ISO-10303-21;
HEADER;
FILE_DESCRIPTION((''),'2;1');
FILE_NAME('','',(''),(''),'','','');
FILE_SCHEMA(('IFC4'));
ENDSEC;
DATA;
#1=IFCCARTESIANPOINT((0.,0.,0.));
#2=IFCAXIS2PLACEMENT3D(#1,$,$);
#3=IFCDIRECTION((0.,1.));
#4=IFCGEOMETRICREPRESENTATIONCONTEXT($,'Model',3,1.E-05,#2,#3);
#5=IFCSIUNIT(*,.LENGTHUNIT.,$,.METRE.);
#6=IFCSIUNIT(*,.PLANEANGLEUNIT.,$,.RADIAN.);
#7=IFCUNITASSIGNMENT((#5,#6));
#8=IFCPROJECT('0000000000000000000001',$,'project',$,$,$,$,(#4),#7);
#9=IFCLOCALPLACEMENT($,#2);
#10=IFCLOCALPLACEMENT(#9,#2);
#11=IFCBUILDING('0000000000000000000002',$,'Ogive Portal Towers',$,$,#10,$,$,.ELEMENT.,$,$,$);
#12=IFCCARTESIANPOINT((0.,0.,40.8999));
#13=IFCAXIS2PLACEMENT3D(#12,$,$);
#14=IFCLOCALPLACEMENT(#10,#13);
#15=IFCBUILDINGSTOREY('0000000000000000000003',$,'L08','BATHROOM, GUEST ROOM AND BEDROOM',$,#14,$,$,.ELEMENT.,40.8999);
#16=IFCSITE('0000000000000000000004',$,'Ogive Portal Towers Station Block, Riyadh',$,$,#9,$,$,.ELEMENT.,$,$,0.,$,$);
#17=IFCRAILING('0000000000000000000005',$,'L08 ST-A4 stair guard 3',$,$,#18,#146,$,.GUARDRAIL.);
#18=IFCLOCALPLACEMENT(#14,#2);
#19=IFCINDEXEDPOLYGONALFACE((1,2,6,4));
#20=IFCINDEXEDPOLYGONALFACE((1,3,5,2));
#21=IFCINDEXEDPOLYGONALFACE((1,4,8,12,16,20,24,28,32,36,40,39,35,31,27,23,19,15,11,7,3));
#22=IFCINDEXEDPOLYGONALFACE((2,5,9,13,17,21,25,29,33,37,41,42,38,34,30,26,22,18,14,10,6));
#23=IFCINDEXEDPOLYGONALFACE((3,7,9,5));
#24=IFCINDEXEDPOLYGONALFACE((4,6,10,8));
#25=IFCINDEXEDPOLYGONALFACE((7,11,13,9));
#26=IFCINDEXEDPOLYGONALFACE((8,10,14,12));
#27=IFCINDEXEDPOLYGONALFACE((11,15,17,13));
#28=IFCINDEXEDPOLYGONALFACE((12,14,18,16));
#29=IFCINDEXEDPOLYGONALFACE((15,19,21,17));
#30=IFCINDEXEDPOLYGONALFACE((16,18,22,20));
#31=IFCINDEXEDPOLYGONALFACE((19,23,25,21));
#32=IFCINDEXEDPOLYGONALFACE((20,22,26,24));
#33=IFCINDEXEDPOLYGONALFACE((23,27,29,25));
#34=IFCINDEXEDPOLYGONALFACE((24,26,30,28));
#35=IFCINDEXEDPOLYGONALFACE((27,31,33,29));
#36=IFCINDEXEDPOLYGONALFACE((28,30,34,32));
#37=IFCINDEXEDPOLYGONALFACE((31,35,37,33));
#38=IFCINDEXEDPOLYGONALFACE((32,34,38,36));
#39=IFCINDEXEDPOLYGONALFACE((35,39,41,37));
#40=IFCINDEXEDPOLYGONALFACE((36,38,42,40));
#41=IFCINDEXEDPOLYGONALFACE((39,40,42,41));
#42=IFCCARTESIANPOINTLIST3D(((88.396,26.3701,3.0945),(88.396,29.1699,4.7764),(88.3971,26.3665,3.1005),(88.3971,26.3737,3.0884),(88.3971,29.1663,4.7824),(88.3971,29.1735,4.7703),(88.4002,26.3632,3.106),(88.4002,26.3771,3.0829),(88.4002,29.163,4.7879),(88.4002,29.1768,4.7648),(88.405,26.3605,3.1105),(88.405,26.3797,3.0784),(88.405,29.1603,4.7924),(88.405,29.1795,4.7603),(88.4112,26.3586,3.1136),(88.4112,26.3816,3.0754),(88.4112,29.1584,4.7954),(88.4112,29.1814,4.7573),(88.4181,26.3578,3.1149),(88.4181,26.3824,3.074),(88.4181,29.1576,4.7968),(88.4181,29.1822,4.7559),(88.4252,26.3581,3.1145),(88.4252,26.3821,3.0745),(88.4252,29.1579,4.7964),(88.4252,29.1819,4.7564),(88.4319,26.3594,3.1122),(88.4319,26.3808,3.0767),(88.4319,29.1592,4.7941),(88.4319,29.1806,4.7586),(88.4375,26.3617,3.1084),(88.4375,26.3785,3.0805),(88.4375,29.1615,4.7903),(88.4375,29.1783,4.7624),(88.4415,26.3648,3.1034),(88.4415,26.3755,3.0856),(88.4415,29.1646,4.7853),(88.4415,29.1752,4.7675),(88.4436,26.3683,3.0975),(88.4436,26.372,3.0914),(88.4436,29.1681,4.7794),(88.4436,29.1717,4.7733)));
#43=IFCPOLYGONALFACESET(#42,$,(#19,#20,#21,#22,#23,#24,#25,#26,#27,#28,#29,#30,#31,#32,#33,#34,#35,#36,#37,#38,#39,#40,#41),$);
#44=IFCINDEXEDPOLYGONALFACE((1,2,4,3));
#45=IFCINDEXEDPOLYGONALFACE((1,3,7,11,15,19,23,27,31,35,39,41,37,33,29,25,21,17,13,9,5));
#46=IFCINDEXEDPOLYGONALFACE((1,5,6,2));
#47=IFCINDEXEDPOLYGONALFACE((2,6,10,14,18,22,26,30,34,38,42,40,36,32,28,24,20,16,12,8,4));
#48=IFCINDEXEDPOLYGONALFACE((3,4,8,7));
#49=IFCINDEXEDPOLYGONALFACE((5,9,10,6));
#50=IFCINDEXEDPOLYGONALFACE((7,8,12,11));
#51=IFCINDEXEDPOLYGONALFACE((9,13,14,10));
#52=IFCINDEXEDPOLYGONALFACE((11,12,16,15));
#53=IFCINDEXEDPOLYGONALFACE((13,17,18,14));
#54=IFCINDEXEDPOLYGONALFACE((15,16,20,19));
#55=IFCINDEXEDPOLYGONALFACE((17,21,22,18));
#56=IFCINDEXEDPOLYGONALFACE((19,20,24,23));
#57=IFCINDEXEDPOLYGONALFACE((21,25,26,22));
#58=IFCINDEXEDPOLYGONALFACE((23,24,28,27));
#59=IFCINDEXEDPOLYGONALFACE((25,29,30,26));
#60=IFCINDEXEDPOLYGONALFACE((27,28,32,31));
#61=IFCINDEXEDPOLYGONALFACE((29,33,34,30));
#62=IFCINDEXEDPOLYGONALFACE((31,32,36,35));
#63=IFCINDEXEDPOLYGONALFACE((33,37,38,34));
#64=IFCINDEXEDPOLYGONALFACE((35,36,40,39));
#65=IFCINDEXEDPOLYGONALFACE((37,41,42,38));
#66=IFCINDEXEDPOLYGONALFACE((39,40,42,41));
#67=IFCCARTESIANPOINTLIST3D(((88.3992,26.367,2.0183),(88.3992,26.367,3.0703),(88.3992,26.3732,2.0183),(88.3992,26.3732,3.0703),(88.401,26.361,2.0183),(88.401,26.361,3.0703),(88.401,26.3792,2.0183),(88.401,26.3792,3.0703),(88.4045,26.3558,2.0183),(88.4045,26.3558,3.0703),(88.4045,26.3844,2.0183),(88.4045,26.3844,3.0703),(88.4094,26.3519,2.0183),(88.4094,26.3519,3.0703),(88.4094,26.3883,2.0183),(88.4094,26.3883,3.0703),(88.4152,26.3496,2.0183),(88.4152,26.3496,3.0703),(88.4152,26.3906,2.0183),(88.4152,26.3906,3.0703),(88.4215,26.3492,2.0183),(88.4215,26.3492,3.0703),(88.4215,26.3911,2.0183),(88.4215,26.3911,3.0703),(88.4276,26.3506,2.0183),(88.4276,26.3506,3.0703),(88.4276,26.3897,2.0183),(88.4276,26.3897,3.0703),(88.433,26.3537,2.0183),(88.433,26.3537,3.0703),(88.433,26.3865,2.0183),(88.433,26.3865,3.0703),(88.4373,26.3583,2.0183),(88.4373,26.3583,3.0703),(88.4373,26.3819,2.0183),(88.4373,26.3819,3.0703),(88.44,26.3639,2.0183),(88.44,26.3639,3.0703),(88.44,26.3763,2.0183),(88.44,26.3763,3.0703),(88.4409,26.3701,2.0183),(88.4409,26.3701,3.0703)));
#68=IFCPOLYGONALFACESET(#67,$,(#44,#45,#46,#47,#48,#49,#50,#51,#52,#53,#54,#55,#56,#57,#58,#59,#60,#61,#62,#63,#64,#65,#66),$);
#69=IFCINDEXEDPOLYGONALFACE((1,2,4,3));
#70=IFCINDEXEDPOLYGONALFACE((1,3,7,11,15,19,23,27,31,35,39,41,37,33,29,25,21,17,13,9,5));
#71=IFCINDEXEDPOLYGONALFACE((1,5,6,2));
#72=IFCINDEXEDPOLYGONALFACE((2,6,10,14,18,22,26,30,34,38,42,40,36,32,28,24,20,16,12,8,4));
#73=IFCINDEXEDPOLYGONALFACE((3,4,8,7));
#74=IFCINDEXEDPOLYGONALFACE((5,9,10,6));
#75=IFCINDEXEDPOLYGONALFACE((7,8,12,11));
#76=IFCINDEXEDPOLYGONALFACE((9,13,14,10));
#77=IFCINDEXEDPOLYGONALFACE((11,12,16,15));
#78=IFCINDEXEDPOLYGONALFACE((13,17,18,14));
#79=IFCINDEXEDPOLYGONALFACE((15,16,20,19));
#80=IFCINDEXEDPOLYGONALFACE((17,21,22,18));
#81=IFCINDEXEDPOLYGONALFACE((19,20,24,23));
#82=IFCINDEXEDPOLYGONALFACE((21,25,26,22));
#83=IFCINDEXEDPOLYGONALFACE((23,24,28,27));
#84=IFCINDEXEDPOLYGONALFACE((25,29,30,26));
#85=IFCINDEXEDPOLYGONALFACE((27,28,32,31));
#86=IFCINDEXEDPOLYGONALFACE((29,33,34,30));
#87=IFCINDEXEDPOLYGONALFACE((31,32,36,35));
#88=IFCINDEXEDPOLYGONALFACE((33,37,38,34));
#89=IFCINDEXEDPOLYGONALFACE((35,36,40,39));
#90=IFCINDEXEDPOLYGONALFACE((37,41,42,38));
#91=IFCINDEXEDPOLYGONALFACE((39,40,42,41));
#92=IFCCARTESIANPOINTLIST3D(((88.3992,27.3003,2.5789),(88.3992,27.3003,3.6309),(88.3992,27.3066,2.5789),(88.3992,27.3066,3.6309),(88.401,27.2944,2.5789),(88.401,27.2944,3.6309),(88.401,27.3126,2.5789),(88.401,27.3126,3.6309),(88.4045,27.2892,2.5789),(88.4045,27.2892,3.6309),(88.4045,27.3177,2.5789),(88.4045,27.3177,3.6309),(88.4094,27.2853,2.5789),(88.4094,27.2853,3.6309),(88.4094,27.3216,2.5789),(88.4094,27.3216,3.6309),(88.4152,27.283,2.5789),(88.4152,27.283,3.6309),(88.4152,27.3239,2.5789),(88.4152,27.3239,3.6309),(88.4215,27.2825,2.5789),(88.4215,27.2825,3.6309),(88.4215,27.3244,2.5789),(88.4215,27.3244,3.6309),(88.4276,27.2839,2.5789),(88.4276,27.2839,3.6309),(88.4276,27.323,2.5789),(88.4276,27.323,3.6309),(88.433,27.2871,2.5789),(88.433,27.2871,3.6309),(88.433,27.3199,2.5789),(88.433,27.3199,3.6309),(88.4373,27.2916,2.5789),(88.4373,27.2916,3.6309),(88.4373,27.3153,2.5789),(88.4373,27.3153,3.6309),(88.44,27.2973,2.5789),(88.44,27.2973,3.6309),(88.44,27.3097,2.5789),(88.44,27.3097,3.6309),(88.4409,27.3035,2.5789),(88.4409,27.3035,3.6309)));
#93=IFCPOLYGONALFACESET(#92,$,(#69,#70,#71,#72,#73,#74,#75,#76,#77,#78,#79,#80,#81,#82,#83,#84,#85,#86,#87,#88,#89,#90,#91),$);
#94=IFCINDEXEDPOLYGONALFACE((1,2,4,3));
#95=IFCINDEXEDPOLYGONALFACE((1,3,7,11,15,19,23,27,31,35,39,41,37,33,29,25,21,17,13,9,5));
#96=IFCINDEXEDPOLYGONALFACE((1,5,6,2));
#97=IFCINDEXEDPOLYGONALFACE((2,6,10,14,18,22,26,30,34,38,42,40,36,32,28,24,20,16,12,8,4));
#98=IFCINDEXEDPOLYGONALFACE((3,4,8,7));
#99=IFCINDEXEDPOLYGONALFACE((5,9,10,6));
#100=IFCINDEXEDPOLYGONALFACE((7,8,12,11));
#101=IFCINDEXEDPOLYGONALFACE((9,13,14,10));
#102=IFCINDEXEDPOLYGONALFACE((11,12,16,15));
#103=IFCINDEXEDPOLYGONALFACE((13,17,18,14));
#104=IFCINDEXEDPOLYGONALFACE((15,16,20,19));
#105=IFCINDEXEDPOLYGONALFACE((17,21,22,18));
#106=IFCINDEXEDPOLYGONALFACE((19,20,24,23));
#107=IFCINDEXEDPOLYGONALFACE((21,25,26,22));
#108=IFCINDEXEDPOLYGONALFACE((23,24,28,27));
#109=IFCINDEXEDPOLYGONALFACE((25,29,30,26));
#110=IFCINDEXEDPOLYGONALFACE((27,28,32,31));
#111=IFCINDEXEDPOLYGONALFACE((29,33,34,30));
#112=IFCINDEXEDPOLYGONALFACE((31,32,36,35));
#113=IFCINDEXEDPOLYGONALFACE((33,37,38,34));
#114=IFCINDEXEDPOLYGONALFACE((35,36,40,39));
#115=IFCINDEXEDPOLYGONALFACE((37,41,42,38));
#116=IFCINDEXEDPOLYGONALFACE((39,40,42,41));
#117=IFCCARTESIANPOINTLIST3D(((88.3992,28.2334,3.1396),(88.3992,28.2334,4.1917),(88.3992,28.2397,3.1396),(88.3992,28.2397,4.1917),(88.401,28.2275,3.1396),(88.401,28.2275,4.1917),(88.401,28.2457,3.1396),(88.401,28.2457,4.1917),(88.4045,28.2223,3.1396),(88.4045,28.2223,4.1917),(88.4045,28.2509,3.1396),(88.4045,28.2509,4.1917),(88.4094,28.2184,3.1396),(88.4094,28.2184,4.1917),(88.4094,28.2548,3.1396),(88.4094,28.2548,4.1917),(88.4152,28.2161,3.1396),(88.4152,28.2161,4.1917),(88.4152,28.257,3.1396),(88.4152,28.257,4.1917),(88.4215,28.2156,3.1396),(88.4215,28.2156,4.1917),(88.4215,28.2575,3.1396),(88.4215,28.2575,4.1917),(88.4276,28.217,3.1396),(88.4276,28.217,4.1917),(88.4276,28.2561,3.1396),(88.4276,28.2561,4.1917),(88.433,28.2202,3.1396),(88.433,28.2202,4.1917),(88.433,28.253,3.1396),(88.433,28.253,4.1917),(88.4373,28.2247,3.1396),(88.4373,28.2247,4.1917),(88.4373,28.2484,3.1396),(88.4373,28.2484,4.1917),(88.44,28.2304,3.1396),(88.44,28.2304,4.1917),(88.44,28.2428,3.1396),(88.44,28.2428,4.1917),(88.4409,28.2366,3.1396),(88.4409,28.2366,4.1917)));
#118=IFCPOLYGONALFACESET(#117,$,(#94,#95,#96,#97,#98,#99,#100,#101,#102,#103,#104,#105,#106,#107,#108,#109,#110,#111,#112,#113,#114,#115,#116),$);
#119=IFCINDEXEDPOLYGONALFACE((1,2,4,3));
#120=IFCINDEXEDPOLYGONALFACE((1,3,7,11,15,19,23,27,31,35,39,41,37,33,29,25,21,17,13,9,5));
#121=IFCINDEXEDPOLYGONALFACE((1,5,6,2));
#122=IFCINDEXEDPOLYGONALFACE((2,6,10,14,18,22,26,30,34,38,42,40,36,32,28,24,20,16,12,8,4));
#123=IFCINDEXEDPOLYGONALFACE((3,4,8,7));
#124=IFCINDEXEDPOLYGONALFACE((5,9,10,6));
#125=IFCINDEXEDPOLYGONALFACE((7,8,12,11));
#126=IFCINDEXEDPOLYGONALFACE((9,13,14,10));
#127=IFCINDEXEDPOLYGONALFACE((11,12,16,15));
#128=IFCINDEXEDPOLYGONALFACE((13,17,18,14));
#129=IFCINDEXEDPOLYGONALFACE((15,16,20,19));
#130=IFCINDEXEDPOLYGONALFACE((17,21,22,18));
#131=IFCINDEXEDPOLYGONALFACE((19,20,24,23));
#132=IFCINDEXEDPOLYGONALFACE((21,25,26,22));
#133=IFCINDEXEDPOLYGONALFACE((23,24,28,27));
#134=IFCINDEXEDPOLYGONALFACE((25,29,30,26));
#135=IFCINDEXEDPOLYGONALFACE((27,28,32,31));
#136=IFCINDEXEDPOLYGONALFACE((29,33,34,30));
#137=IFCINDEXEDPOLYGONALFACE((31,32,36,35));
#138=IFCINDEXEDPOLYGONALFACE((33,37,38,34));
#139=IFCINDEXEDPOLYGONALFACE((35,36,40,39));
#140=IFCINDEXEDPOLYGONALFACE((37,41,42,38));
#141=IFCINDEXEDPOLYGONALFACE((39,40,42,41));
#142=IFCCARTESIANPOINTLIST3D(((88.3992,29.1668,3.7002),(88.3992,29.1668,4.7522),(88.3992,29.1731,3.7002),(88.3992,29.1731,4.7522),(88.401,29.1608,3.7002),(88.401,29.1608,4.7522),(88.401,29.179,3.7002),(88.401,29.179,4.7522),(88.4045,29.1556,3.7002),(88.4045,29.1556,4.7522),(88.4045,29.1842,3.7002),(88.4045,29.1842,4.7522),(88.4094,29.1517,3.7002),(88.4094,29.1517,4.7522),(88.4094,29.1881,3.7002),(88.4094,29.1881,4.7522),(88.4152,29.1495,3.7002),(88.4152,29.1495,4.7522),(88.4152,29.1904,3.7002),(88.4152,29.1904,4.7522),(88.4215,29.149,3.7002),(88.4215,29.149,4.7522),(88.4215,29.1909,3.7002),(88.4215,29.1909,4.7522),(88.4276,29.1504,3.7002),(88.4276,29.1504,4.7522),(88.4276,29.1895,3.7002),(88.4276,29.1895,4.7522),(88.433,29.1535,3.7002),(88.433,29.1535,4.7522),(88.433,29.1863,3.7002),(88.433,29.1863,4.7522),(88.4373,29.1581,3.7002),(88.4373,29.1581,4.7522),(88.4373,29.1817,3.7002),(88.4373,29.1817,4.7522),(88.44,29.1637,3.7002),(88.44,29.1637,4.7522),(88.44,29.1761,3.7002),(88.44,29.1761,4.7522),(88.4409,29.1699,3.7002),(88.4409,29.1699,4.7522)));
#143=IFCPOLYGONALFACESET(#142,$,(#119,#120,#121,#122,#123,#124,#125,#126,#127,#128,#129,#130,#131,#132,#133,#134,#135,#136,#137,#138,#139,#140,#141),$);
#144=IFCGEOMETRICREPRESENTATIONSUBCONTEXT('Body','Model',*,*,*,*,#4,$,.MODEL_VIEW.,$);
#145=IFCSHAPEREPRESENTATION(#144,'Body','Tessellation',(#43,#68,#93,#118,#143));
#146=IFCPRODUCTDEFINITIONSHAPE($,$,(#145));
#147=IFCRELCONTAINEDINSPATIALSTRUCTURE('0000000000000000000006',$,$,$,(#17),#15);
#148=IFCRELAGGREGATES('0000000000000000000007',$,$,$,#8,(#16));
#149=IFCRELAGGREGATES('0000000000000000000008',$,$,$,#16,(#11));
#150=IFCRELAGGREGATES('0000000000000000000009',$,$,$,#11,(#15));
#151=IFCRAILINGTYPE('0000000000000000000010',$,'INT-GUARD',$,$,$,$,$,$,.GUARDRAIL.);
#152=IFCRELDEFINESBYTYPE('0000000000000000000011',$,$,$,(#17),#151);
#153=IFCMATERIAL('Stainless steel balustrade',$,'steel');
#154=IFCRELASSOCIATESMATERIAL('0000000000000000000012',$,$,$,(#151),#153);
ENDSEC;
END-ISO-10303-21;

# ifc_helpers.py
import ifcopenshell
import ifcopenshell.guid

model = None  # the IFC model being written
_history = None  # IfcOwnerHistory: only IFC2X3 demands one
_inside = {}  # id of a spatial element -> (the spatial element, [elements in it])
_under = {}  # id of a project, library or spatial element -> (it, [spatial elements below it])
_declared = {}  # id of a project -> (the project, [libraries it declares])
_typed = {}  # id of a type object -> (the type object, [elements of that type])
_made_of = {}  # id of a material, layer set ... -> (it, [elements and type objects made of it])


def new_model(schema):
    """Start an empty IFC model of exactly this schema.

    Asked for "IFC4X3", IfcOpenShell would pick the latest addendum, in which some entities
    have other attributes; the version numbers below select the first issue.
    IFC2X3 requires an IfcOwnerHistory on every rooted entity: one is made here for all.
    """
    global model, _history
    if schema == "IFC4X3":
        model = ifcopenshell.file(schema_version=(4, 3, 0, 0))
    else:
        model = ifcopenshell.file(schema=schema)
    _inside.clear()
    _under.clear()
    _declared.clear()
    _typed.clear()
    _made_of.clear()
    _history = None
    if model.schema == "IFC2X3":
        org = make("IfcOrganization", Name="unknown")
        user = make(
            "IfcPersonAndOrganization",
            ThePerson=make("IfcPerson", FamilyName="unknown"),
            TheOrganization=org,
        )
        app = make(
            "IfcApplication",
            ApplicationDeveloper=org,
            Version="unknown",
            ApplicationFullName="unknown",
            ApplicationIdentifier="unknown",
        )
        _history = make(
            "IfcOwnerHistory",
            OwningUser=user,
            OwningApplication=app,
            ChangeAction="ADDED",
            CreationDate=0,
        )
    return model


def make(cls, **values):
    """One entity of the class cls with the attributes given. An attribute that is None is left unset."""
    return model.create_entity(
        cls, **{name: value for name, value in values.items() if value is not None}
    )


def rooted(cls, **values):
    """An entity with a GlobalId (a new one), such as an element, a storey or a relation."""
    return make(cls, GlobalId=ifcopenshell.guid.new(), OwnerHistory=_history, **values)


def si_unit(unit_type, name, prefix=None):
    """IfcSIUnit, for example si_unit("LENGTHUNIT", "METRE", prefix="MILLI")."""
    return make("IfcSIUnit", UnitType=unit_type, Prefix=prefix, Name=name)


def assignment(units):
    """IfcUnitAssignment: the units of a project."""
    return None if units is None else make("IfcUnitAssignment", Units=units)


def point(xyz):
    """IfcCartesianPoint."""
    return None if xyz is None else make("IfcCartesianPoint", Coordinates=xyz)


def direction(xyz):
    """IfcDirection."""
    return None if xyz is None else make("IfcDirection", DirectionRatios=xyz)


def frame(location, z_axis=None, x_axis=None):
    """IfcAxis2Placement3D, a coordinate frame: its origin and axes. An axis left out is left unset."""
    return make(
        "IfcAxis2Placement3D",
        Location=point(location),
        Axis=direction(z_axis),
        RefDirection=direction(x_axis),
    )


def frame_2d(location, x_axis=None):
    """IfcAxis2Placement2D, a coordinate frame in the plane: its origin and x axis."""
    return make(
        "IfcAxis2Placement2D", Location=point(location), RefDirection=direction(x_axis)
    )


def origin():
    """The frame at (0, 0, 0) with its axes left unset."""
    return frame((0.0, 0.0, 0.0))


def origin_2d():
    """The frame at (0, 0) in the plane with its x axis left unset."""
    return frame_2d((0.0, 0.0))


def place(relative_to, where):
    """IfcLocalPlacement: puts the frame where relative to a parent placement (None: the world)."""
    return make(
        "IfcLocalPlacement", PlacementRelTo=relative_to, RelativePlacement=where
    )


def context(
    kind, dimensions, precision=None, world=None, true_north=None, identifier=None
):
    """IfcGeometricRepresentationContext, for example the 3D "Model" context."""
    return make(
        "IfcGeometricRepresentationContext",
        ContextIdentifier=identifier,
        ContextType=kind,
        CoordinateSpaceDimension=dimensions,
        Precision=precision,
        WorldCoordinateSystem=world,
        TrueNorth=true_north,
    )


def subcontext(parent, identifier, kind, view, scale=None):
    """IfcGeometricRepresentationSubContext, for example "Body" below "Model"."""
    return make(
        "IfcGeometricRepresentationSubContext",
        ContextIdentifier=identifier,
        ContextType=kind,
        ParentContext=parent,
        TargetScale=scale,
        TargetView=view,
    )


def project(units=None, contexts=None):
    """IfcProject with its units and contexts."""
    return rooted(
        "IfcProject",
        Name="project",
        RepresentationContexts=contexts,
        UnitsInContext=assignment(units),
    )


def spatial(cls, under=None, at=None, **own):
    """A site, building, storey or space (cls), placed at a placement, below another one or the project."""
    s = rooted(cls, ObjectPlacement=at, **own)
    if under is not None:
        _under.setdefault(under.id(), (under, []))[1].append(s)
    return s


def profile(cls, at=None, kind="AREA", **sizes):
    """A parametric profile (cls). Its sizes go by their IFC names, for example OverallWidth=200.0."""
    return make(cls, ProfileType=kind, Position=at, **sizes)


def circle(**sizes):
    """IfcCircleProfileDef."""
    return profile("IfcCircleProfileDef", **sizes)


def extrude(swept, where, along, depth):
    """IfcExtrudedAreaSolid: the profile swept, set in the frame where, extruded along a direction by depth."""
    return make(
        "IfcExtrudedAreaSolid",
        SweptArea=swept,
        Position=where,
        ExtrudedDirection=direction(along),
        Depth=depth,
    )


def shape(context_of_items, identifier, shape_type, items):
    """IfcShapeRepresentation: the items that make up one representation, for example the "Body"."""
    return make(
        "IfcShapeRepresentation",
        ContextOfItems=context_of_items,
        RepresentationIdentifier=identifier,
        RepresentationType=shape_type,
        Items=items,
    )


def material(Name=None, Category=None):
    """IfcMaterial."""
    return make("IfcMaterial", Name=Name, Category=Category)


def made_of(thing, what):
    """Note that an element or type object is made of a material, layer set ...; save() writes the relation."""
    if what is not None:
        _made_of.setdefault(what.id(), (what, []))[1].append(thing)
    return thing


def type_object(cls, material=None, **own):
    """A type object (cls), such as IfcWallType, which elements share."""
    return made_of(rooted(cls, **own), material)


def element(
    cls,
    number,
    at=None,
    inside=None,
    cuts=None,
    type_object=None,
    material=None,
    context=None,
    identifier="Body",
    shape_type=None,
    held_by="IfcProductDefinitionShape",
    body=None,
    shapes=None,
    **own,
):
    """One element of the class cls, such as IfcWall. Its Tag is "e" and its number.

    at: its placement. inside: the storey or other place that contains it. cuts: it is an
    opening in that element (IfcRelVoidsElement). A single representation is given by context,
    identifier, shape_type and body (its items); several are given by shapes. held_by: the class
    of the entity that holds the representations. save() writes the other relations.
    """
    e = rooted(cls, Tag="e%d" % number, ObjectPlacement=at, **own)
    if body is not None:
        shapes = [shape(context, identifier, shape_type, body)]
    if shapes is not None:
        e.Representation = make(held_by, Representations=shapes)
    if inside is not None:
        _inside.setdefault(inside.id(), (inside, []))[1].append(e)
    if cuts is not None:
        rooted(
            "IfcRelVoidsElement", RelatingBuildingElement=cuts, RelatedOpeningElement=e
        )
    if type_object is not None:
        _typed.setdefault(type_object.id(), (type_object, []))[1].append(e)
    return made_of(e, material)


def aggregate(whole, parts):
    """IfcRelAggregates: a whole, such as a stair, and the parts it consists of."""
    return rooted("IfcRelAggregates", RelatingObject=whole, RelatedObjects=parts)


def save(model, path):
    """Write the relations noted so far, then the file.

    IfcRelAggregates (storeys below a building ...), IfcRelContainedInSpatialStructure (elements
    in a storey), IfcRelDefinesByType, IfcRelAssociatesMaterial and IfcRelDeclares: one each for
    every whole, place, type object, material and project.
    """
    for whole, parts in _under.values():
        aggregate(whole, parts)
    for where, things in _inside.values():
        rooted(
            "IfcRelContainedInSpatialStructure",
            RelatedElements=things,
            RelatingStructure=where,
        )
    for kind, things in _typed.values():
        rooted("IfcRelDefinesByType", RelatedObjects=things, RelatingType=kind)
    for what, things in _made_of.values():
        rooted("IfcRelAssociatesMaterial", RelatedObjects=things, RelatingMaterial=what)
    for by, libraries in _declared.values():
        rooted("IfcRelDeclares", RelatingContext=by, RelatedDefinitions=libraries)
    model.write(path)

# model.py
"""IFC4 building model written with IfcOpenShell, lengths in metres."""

from ifc_helpers import new_model, si_unit, direction, frame, origin, origin_2d, place, context, subcontext, project, spatial, circle, extrude, material, type_object, element, save


model = new_model("IFC4")

# Units and contexts
model_context = context("Model", 3, precision=1e-05, world=origin(), true_north=direction((0.0, 1.0)))
body_context = subcontext(model_context, "Body", "Model", "MODEL_VIEW")
ifc_project = project(units=[si_unit("LENGTHUNIT", "METRE"), si_unit("PLANEANGLEUNIT", "RADIAN")], contexts=[model_context])

# Site, building, storey
site_placement = place(None, origin())
site = spatial("IfcSite", under=ifc_project, at=site_placement, Name="Ogive Portal Towers Station Block, Riyadh", CompositionType="ELEMENT", RefElevation=0.0)
building_placement = place(site_placement, origin())
building = spatial("IfcBuilding", under=site, at=building_placement, Name="Ogive Portal Towers", CompositionType="ELEMENT")
storey_placement = place(building_placement, frame((0.0, 0.0, 40.8999)))
storey = spatial("IfcBuildingStorey", under=building, at=storey_placement, Name="L08", Description="BATHROOM, GUEST ROOM AND BEDROOM", CompositionType="ELEMENT", Elevation=40.8999)

# Railing
ifc_material_1 = material(Name="Stainless steel balustrade", Category="steel")
railing_type_1 = type_object("IfcRailingType", Name="INT-GUARD", PredefinedType="GUARDRAIL", material=ifc_material_1)
railing_1_placement = place(storey_placement, frame((88.4199, 26.3701, 2.0183)))
element("IfcRailing", 1, at=railing_1_placement, inside=storey, type_object=railing_type_1, Name="L08 ST-A4 stair guard 3", PredefinedType="GUARDRAIL", context=body_context, shape_type="SweptSolid", body=[
    extrude(circle(Radius=0.0239, at=origin_2d()), frame((0.0, 0.0, 1.0762), z_axis=(0.0, 0.857222, 0.514946), x_axis=(-1.0, 0.0, 0.0)), (0.0, 0.0, 1.0), 3.2661),
    extrude(circle(Radius=0.021, at=origin_2d()), origin(), (0.0, 0.0, 1.0), 1.052),
    extrude(circle(Radius=0.021, at=origin_2d()), frame((0.0, 0.9333, 0.5605)), (0.0, 0.0, 1.0), 1.052),
    extrude(circle(Radius=0.021, at=origin_2d()), frame((0.0, 1.8665, 1.1213)), (0.0, 0.0, 1.0), 1.052),
    extrude(circle(Radius=0.021, at=origin_2d()), frame((0.0, 2.7998, 1.6819)), (0.0, 0.0, 1.0), 1.052),
])

save(model, "model.ifc")
